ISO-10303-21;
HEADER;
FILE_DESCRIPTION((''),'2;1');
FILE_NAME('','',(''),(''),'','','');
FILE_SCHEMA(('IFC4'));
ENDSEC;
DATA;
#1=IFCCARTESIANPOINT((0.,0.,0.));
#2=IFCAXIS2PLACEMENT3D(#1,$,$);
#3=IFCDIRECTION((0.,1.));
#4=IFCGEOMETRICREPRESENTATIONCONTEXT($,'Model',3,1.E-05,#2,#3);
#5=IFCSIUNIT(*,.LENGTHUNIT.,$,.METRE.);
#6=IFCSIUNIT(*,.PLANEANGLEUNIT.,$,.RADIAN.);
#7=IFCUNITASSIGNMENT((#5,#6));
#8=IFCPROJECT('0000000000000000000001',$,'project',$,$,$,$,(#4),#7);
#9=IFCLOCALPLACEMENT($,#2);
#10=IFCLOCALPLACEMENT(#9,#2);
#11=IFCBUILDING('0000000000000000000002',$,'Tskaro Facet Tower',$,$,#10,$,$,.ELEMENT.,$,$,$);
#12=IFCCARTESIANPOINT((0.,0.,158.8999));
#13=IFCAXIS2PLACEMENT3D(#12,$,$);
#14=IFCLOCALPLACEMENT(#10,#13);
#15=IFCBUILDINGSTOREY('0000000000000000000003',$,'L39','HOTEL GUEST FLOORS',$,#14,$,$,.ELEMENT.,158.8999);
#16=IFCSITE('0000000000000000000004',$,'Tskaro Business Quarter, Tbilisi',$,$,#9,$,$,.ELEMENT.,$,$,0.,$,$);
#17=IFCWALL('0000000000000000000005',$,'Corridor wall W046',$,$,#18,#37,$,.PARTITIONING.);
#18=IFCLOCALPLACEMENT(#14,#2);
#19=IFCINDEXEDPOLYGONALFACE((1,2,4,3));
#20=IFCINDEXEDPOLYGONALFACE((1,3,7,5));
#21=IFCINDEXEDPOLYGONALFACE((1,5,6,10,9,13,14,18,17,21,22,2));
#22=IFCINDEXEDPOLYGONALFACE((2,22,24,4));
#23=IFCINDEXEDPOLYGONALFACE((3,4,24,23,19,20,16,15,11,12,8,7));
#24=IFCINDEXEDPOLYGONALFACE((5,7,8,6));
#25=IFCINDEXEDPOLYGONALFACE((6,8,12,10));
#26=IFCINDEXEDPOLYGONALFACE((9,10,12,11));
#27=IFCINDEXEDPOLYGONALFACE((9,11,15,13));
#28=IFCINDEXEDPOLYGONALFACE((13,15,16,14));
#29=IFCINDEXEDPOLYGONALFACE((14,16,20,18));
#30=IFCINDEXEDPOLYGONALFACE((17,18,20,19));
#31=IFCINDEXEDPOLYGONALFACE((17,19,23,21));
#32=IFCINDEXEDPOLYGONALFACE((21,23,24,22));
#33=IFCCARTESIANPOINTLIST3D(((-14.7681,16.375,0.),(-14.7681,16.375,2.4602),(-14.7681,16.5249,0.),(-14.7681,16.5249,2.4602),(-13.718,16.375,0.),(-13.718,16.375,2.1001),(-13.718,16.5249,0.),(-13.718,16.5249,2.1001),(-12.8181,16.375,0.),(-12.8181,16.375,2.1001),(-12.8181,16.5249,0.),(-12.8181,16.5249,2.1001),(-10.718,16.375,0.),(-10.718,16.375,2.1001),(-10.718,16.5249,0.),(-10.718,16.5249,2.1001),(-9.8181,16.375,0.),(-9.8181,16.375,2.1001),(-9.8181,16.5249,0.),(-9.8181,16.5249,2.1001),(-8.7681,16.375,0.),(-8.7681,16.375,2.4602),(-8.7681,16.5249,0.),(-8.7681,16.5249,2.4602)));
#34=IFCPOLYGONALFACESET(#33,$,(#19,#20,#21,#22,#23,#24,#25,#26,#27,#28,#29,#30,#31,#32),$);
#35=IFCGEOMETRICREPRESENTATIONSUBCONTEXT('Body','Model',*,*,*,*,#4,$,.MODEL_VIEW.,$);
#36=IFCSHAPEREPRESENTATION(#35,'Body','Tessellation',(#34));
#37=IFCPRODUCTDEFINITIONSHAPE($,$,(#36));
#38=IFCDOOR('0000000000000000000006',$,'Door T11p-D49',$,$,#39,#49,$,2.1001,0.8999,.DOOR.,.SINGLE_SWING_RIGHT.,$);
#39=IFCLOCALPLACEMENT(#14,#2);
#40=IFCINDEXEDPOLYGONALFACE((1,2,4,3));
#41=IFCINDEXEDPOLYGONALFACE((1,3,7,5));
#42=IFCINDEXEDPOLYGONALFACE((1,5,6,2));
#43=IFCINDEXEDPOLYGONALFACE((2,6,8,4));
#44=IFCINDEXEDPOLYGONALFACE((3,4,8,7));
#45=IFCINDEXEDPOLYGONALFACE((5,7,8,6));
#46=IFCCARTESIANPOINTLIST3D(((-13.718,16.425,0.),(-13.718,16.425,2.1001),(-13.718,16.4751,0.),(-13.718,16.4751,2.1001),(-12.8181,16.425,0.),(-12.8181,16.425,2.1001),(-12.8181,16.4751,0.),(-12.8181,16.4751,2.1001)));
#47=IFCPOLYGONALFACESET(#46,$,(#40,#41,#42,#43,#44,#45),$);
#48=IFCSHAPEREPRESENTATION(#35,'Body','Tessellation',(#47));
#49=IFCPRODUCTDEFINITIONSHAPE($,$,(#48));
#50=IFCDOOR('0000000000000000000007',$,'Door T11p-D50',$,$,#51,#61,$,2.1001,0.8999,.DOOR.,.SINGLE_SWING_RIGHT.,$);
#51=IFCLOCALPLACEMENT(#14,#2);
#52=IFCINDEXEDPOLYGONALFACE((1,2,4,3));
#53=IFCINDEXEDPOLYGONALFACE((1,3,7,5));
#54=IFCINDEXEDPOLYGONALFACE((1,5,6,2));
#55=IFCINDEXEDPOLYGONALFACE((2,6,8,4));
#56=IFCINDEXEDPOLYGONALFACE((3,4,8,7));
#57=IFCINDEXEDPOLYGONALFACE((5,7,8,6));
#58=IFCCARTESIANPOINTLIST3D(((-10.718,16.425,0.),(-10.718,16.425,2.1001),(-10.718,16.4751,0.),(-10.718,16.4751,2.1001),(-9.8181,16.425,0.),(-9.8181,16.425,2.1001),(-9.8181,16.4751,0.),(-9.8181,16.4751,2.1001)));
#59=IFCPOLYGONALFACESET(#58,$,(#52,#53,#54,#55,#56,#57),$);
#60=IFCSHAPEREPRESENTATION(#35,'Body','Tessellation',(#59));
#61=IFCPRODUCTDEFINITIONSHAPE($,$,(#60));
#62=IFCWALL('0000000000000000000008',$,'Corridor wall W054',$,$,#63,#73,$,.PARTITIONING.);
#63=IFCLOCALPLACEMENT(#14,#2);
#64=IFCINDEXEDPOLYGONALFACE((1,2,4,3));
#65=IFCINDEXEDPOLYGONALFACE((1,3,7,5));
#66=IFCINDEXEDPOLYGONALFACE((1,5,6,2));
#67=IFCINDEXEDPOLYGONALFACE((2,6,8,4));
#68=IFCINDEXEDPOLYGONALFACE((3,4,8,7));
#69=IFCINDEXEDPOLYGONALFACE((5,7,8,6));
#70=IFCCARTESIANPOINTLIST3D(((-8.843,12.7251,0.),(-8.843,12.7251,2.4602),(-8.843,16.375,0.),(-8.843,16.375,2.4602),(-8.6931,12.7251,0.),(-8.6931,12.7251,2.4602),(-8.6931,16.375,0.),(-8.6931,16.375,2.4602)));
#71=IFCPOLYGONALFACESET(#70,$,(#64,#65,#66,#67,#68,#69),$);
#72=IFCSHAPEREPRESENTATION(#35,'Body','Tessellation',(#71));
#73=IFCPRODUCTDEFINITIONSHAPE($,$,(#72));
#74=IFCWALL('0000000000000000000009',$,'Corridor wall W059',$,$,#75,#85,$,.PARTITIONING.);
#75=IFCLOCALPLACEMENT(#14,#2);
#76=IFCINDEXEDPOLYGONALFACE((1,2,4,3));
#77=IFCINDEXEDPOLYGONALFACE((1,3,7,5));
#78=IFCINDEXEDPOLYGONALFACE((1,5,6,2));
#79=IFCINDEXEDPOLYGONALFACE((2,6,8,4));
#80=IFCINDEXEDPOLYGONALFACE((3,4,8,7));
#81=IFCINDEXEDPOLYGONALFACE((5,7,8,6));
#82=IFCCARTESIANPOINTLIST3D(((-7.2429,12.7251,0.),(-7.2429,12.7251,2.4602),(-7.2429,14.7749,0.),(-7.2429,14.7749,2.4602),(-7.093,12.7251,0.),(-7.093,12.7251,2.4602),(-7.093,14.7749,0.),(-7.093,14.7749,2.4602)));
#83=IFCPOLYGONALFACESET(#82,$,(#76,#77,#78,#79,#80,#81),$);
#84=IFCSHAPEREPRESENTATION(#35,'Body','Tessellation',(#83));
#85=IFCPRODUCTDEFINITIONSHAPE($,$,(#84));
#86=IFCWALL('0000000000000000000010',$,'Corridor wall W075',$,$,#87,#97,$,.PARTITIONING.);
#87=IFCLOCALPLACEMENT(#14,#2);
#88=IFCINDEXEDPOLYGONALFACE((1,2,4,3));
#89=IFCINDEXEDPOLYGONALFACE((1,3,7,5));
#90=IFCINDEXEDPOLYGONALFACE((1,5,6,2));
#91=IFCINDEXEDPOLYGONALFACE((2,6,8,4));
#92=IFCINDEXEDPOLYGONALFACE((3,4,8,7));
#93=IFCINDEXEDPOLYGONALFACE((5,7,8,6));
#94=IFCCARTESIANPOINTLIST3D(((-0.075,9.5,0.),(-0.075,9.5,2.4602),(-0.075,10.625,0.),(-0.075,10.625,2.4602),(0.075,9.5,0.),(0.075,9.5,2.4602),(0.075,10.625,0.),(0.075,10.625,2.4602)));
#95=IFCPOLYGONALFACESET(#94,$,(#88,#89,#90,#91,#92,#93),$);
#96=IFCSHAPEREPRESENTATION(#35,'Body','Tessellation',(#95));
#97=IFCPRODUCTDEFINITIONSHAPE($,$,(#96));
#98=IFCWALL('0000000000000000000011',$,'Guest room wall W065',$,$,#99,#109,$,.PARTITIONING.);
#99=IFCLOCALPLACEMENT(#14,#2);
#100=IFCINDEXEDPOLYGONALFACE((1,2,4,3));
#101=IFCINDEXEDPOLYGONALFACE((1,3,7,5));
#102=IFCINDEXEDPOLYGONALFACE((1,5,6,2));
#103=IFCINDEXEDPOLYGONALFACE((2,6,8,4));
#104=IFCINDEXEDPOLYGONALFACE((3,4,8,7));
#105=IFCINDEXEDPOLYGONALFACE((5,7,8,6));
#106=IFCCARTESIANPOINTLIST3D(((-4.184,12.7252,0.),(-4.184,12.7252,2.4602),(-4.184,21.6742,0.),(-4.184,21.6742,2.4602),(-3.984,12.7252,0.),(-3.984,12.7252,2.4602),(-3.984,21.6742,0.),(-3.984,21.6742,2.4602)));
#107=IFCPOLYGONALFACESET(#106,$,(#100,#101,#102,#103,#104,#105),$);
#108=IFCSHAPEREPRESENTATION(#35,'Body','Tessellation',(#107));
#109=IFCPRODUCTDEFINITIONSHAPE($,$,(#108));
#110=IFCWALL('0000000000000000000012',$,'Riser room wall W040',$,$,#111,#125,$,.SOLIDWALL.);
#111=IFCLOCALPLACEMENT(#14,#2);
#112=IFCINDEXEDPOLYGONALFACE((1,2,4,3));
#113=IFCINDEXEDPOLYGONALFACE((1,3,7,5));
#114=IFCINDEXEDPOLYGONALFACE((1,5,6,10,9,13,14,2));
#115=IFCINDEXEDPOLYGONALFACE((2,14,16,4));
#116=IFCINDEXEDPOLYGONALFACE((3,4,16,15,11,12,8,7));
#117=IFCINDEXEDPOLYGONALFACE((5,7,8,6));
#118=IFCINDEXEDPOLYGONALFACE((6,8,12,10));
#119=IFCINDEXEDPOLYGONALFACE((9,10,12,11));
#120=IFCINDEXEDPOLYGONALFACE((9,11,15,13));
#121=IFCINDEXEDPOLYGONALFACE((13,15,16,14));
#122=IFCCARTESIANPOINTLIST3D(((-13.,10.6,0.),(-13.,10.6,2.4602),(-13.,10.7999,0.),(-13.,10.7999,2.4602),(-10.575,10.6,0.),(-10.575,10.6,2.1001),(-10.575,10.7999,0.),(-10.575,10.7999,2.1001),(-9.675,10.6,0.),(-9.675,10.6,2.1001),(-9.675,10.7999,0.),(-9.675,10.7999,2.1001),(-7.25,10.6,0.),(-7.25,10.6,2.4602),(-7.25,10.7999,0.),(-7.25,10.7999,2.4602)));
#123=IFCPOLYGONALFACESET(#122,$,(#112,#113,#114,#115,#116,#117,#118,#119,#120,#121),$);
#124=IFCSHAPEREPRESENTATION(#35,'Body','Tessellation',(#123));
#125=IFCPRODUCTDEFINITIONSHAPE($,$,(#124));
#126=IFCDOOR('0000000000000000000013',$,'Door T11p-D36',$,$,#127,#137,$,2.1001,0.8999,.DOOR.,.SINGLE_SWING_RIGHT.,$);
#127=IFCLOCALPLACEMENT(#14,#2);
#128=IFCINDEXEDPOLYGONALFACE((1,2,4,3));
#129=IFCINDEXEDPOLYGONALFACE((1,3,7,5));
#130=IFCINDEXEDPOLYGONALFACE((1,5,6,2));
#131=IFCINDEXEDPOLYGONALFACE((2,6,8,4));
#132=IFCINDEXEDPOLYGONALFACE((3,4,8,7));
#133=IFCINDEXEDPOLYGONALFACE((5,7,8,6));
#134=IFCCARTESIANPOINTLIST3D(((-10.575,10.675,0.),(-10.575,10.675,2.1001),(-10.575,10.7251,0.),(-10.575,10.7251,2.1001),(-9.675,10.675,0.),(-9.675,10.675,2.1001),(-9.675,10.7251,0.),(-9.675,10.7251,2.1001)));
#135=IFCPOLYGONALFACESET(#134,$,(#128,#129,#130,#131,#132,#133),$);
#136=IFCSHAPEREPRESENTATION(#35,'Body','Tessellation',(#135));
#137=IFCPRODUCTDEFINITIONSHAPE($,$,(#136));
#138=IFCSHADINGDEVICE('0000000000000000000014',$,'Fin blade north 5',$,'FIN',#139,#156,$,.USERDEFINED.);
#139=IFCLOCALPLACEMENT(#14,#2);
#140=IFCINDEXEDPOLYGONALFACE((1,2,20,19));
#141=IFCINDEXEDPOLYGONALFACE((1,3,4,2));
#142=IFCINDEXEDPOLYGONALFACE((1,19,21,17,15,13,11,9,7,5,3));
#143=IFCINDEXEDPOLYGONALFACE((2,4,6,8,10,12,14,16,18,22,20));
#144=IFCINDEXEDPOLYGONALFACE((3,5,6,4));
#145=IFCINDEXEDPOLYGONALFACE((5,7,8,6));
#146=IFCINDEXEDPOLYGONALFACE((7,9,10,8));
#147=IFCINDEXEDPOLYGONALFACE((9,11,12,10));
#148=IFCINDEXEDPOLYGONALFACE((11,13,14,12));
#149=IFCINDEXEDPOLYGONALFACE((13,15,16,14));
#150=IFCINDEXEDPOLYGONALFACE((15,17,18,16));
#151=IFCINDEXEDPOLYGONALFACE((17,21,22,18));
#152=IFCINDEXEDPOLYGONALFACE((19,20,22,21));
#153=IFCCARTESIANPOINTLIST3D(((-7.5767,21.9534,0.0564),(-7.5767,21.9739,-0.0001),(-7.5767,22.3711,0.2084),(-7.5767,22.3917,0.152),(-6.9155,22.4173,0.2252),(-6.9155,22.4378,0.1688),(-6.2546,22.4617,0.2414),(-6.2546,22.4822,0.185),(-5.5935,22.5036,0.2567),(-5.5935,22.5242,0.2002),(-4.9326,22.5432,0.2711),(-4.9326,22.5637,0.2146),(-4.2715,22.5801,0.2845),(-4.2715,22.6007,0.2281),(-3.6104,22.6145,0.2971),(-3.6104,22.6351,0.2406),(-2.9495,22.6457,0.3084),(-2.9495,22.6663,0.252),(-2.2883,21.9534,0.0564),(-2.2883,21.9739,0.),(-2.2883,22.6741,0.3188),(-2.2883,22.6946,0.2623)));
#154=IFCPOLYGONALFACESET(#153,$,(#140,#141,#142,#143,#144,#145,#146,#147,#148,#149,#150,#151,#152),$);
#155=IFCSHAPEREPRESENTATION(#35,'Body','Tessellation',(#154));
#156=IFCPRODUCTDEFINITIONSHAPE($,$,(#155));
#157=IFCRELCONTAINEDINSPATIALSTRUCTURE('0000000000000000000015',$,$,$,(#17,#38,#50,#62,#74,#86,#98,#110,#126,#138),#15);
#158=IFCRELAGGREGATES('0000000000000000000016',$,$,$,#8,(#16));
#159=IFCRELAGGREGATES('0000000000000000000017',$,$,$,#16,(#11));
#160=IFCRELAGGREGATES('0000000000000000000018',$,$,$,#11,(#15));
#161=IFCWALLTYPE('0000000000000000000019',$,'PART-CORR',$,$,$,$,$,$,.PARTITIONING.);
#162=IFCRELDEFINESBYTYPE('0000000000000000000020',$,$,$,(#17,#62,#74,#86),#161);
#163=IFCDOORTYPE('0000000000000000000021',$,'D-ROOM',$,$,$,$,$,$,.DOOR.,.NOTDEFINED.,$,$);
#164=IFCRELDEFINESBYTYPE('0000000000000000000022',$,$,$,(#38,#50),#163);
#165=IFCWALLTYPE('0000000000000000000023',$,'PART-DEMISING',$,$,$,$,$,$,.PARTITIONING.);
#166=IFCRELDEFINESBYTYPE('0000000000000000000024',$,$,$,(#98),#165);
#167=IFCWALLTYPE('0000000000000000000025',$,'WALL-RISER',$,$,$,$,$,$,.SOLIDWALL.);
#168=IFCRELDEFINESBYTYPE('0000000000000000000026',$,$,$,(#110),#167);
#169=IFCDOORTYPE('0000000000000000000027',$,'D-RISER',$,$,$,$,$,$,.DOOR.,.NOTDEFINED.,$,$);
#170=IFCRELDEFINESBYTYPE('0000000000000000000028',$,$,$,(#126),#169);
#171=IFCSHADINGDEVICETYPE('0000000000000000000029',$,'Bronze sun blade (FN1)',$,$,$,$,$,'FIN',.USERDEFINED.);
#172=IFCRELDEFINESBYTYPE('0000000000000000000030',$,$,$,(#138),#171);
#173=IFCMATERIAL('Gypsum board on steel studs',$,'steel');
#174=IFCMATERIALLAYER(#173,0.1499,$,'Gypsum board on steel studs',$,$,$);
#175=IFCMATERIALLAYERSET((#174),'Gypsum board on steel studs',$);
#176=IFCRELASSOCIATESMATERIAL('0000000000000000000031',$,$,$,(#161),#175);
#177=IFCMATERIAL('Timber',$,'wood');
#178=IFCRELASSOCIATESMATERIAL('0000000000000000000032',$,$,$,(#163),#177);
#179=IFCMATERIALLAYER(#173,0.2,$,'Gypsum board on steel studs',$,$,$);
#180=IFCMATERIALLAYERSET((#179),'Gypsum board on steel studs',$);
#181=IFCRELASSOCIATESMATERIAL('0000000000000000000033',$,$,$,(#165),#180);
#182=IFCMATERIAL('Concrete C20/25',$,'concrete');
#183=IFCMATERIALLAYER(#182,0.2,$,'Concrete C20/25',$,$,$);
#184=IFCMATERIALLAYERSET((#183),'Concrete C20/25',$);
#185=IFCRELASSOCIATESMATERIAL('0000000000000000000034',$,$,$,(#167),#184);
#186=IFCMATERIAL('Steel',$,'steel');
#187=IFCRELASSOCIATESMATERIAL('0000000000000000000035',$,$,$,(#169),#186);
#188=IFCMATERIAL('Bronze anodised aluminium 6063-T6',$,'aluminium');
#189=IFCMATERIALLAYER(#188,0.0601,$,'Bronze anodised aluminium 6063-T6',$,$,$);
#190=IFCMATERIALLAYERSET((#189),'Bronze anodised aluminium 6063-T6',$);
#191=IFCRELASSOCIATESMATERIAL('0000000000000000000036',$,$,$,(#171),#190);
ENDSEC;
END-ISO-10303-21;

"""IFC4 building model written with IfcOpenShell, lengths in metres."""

from ifc_helpers import new_model, si_unit, direction, frame, frame_2d, origin, place, context, subcontext, project, spatial, polyline, rectangle, outline, extrude, material, layer, layer_set, type_object, element, fill, save


model = new_model("IFC4")

# Units and contexts
model_context = context("Model", 3, precision=1e-05, world=origin(), true_north=direction((0.0, 1.0)))
body_context = subcontext(model_context, "Body", "Model", "MODEL_VIEW")
ifc_project = project(units=[si_unit("LENGTHUNIT", "METRE"), si_unit("PLANEANGLEUNIT", "RADIAN")], contexts=[model_context])

# Site, building, storey
site_placement = place(None, origin())
site = spatial("IfcSite", under=ifc_project, at=site_placement, Name="Tskaro Business Quarter, Tbilisi", CompositionType="ELEMENT", RefElevation=0.0)
building_placement = place(site_placement, origin())
building = spatial("IfcBuilding", under=site, at=building_placement, Name="Tskaro Facet Tower", CompositionType="ELEMENT")
storey_placement = place(building_placement, frame((0.0, 0.0, 158.8999)))
storey = spatial("IfcBuildingStorey", under=building, at=storey_placement, Name="L39", Description="HOTEL GUEST FLOORS", CompositionType="ELEMENT", Elevation=158.8999)

# Shared definitions
ifc_material_1 = material(Name="Bronze anodised aluminium 6063-T6", Category="aluminium")

# Shared definitions
ifc_material_2 = material(Name="Gypsum board on steel studs", Category="steel")
ifc_layer_1 = layer(ifc_material_2, 0.1499, Name="Gypsum board on steel studs")
ifc_layer_set_1 = layer_set([ifc_layer_1], Name="Gypsum board on steel studs")
wall_type_1 = type_object("IfcWallType", Name="PART-CORR", PredefinedType="PARTITIONING", material=ifc_layer_set_1)
ifc_material_3 = material(Name="Timber", Category="wood")
door_type_1 = type_object("IfcDoorType", Name="D-ROOM", OperationType="NOTDEFINED", PredefinedType="DOOR", material=ifc_material_3)

# Wall, openings, doors
wall_1_placement = place(storey_placement, frame((-8.7681, 16.45, 0.0), z_axis=(0.0, 0.0, 1.0), x_axis=(-1.0, 0.0, 0.0)))
wall_1 = element("IfcWall", 1, at=wall_1_placement, inside=storey, type_object=wall_type_1, Name="Corridor wall W046", PredefinedType="PARTITIONING", context=body_context, shape_type="SweptSolid", body=[
    extrude(rectangle(XDim=6.0, YDim=0.1499, at=frame_2d((3.0, 0.0))), origin(), (0.0, 0.0, 1.0), 2.4602),
])
opening_1_placement = place(wall_1_placement, frame((4.05, 0.0, 0.0)))
opening_1 = element("IfcOpeningElement", 2, at=opening_1_placement, cuts=wall_1, PredefinedType="OPENING", context=body_context, shape_type="SweptSolid", body=[
    extrude(rectangle(XDim=0.8999, YDim=2.1001, at=frame_2d((0.45, 1.05))), frame((0.0, 0.085, 0.0), z_axis=(0.0, -1.0, 0.0), x_axis=(1.0, 0.0, 0.0)), (0.0, 0.0, 1.0), 0.1699),
])
opening_2_placement = place(wall_1_placement, frame((1.05, 0.0, 0.0)))
opening_2 = element("IfcOpeningElement", 3, at=opening_2_placement, cuts=wall_1, PredefinedType="OPENING", context=body_context, shape_type="SweptSolid", body=[
    extrude(rectangle(XDim=0.8999, YDim=2.1001, at=frame_2d((0.45, 1.05))), frame((0.0, 0.085, 0.0), z_axis=(0.0, -1.0, 0.0), x_axis=(1.0, 0.0, 0.0)), (0.0, 0.0, 1.0), 0.1699),
])
door_1_placement = place(opening_1_placement, origin())
door_1 = element("IfcDoor", 4, at=door_1_placement, inside=storey, type_object=door_type_1, Name="Door T11p-D49", OperationType="SINGLE_SWING_RIGHT", OverallHeight=2.1001, OverallWidth=0.8999, PredefinedType="DOOR", context=body_context, shape_type="SweptSolid", body=[
    extrude(rectangle(XDim=0.8999, YDim=2.1001, at=frame_2d((0.45, 1.05))), frame((0.0, 0.0249, 0.0), z_axis=(0.0, -1.0, 0.0), x_axis=(1.0, 0.0, 0.0)), (0.0, 0.0, 1.0), 0.05),
])
fill(opening_1, door_1)
door_2_placement = place(opening_2_placement, origin())
door_2 = element("IfcDoor", 5, at=door_2_placement, inside=storey, type_object=door_type_1, Name="Door T11p-D50", OperationType="SINGLE_SWING_RIGHT", OverallHeight=2.1001, OverallWidth=0.8999, PredefinedType="DOOR", context=body_context, shape_type="SweptSolid", body=[
    extrude(rectangle(XDim=0.8999, YDim=2.1001, at=frame_2d((0.45, 1.05))), frame((0.0, 0.0249, 0.0), z_axis=(0.0, -1.0, 0.0), x_axis=(1.0, 0.0, 0.0)), (0.0, 0.0, 1.0), 0.05),
])
fill(opening_2, door_2)

# Walls
wall_2_placement = place(storey_placement, frame((-8.7681, 12.7251, 0.0), z_axis=(0.0, 0.0, 1.0), x_axis=(0.0, 1.0, 0.0)))
element("IfcWall", 6, at=wall_2_placement, inside=storey, type_object=wall_type_1, Name="Corridor wall W054", PredefinedType="PARTITIONING", context=body_context, shape_type="SweptSolid", body=[
    extrude(rectangle(XDim=3.6499, YDim=0.1499, at=frame_2d((1.825, 0.0))), origin(), (0.0, 0.0, 1.0), 2.4602),
])
wall_3_placement = place(storey_placement, frame((-7.168, 12.7251, 0.0), z_axis=(0.0, 0.0, 1.0), x_axis=(0.0, 1.0, 0.0)))
element("IfcWall", 7, at=wall_3_placement, inside=storey, type_object=wall_type_1, Name="Corridor wall W059", PredefinedType="PARTITIONING", context=body_context, shape_type="SweptSolid", body=[
    extrude(rectangle(XDim=2.0498, YDim=0.1499, at=frame_2d((1.0249, 0.0))), origin(), (0.0, 0.0, 1.0), 2.4602),
])
wall_4_placement = place(storey_placement, frame((0.0, 9.5, 0.0), z_axis=(0.0, 0.0, 1.0), x_axis=(0.0, 1.0, 0.0)))
element("IfcWall", 8, at=wall_4_placement, inside=storey, type_object=wall_type_1, Name="Corridor wall W075", PredefinedType="PARTITIONING", context=body_context, shape_type="SweptSolid", body=[
    extrude(rectangle(XDim=1.125, YDim=0.1499, at=frame_2d((0.5625, 0.0))), origin(), (0.0, 0.0, 1.0), 2.4602),
])
ifc_layer_2 = layer(ifc_material_2, 0.2, Name="Gypsum board on steel studs")
ifc_layer_set_2 = layer_set([ifc_layer_2], Name="Gypsum board on steel studs")
wall_type_2 = type_object("IfcWallType", Name="PART-DEMISING", PredefinedType="PARTITIONING", material=ifc_layer_set_2)
wall_5_placement = place(storey_placement, frame((-4.084, 12.7251, 0.0), z_axis=(0.0, 0.0, 1.0), x_axis=(0.0, 1.0, 0.0)))
element("IfcWall", 9, at=wall_5_placement, inside=storey, type_object=wall_type_2, Name="Guest room wall W065", PredefinedType="PARTITIONING", context=body_context, shape_type="SweptSolid", body=[
    extrude(rectangle(XDim=8.949, YDim=0.2, at=frame_2d((4.4746, 0.0))), origin(), (0.0, 0.0, 1.0), 2.4602),
])

# Wall, opening, door
ifc_material_4 = material(Name="Concrete C20/25", Category="concrete")
ifc_layer_3 = layer(ifc_material_4, 0.2, Name="Concrete C20/25")
ifc_layer_set_3 = layer_set([ifc_layer_3], Name="Concrete C20/25")
wall_type_3 = type_object("IfcWallType", Name="WALL-RISER", PredefinedType="SOLIDWALL", material=ifc_layer_set_3)
wall_6_placement = place(storey_placement, frame((-7.25, 10.7, 0.0), z_axis=(0.0, 0.0, 1.0), x_axis=(-1.0, 0.0, 0.0)))
wall_6 = element("IfcWall", 10, at=wall_6_placement, inside=storey, type_object=wall_type_3, Name="Riser room wall W040", PredefinedType="SOLIDWALL", context=body_context, shape_type="SweptSolid", body=[
    extrude(rectangle(XDim=5.75, YDim=0.2, at=frame_2d((2.875, 0.0))), origin(), (0.0, 0.0, 1.0), 2.4602),
])
opening_3_placement = place(wall_6_placement, frame((2.425, 0.0, 0.0)))
opening_3 = element("IfcOpeningElement", 11, at=opening_3_placement, cuts=wall_6, PredefinedType="OPENING", context=body_context, shape_type="SweptSolid", body=[
    extrude(rectangle(XDim=0.8999, YDim=2.1001, at=frame_2d((0.45, 1.05))), frame((0.0, 0.1099, 0.0), z_axis=(0.0, -1.0, 0.0), x_axis=(1.0, 0.0, 0.0)), (0.0, 0.0, 1.0), 0.22),
])
ifc_material_5 = material(Name="Steel", Category="steel")
door_type_2 = type_object("IfcDoorType", Name="D-RISER", OperationType="NOTDEFINED", PredefinedType="DOOR", material=ifc_material_5)
door_3_placement = place(opening_3_placement, origin())
door_3 = element("IfcDoor", 12, at=door_3_placement, inside=storey, type_object=door_type_2, Name="Door T11p-D36", OperationType="SINGLE_SWING_RIGHT", OverallHeight=2.1001, OverallWidth=0.8999, PredefinedType="DOOR", context=body_context, shape_type="SweptSolid", body=[
    extrude(rectangle(XDim=0.8999, YDim=2.1001, at=frame_2d((0.45, 1.05))), frame((0.0, 0.0249, 0.0), z_axis=(0.0, -1.0, 0.0), x_axis=(1.0, 0.0, 0.0)), (0.0, 0.0, 1.0), 0.05),
])
fill(opening_3, door_3)

# Shading device
ifc_layer_4 = layer(ifc_material_1, 0.0601, Name="Bronze anodised aluminium 6063-T6")
ifc_layer_set_4 = layer_set([ifc_layer_4], Name="Bronze anodised aluminium 6063-T6")
shading_device_type = type_object("IfcShadingDeviceType", Name="Bronze sun blade (FN1)", ElementType="FIN", PredefinedType="USERDEFINED", material=ifc_layer_set_4)
shading_device_1_placement = place(storey_placement, frame((-2.2883, 21.9534, 0.0564), z_axis=(-0.000008, -0.342071, 0.939674), x_axis=(-1.0, 0.000003, -0.000007)))
element("IfcShadingDevice", 13, at=shading_device_1_placement, inside=storey, type_object=shading_device_type, Name="Fin blade north 5", ObjectType="FIN", PredefinedType="USERDEFINED", context=body_context, shape_type="SweptSolid", body=[
    extrude(outline(polyline([(0.0, 0.0), (5.2883, 0.0), (5.2883, -0.4446), (4.6272, -0.4937), (3.9663, -0.5409), (3.3052, -0.5856), (2.6443, -0.6277), (1.9832, -0.667), (1.322, -0.7036), (0.6611, -0.7368), (0.0, -0.767), (0.0, 0.0)])), origin(), (0.0, 0.0, -1.0), 0.0601),
])

save(model, "model.ifc")
